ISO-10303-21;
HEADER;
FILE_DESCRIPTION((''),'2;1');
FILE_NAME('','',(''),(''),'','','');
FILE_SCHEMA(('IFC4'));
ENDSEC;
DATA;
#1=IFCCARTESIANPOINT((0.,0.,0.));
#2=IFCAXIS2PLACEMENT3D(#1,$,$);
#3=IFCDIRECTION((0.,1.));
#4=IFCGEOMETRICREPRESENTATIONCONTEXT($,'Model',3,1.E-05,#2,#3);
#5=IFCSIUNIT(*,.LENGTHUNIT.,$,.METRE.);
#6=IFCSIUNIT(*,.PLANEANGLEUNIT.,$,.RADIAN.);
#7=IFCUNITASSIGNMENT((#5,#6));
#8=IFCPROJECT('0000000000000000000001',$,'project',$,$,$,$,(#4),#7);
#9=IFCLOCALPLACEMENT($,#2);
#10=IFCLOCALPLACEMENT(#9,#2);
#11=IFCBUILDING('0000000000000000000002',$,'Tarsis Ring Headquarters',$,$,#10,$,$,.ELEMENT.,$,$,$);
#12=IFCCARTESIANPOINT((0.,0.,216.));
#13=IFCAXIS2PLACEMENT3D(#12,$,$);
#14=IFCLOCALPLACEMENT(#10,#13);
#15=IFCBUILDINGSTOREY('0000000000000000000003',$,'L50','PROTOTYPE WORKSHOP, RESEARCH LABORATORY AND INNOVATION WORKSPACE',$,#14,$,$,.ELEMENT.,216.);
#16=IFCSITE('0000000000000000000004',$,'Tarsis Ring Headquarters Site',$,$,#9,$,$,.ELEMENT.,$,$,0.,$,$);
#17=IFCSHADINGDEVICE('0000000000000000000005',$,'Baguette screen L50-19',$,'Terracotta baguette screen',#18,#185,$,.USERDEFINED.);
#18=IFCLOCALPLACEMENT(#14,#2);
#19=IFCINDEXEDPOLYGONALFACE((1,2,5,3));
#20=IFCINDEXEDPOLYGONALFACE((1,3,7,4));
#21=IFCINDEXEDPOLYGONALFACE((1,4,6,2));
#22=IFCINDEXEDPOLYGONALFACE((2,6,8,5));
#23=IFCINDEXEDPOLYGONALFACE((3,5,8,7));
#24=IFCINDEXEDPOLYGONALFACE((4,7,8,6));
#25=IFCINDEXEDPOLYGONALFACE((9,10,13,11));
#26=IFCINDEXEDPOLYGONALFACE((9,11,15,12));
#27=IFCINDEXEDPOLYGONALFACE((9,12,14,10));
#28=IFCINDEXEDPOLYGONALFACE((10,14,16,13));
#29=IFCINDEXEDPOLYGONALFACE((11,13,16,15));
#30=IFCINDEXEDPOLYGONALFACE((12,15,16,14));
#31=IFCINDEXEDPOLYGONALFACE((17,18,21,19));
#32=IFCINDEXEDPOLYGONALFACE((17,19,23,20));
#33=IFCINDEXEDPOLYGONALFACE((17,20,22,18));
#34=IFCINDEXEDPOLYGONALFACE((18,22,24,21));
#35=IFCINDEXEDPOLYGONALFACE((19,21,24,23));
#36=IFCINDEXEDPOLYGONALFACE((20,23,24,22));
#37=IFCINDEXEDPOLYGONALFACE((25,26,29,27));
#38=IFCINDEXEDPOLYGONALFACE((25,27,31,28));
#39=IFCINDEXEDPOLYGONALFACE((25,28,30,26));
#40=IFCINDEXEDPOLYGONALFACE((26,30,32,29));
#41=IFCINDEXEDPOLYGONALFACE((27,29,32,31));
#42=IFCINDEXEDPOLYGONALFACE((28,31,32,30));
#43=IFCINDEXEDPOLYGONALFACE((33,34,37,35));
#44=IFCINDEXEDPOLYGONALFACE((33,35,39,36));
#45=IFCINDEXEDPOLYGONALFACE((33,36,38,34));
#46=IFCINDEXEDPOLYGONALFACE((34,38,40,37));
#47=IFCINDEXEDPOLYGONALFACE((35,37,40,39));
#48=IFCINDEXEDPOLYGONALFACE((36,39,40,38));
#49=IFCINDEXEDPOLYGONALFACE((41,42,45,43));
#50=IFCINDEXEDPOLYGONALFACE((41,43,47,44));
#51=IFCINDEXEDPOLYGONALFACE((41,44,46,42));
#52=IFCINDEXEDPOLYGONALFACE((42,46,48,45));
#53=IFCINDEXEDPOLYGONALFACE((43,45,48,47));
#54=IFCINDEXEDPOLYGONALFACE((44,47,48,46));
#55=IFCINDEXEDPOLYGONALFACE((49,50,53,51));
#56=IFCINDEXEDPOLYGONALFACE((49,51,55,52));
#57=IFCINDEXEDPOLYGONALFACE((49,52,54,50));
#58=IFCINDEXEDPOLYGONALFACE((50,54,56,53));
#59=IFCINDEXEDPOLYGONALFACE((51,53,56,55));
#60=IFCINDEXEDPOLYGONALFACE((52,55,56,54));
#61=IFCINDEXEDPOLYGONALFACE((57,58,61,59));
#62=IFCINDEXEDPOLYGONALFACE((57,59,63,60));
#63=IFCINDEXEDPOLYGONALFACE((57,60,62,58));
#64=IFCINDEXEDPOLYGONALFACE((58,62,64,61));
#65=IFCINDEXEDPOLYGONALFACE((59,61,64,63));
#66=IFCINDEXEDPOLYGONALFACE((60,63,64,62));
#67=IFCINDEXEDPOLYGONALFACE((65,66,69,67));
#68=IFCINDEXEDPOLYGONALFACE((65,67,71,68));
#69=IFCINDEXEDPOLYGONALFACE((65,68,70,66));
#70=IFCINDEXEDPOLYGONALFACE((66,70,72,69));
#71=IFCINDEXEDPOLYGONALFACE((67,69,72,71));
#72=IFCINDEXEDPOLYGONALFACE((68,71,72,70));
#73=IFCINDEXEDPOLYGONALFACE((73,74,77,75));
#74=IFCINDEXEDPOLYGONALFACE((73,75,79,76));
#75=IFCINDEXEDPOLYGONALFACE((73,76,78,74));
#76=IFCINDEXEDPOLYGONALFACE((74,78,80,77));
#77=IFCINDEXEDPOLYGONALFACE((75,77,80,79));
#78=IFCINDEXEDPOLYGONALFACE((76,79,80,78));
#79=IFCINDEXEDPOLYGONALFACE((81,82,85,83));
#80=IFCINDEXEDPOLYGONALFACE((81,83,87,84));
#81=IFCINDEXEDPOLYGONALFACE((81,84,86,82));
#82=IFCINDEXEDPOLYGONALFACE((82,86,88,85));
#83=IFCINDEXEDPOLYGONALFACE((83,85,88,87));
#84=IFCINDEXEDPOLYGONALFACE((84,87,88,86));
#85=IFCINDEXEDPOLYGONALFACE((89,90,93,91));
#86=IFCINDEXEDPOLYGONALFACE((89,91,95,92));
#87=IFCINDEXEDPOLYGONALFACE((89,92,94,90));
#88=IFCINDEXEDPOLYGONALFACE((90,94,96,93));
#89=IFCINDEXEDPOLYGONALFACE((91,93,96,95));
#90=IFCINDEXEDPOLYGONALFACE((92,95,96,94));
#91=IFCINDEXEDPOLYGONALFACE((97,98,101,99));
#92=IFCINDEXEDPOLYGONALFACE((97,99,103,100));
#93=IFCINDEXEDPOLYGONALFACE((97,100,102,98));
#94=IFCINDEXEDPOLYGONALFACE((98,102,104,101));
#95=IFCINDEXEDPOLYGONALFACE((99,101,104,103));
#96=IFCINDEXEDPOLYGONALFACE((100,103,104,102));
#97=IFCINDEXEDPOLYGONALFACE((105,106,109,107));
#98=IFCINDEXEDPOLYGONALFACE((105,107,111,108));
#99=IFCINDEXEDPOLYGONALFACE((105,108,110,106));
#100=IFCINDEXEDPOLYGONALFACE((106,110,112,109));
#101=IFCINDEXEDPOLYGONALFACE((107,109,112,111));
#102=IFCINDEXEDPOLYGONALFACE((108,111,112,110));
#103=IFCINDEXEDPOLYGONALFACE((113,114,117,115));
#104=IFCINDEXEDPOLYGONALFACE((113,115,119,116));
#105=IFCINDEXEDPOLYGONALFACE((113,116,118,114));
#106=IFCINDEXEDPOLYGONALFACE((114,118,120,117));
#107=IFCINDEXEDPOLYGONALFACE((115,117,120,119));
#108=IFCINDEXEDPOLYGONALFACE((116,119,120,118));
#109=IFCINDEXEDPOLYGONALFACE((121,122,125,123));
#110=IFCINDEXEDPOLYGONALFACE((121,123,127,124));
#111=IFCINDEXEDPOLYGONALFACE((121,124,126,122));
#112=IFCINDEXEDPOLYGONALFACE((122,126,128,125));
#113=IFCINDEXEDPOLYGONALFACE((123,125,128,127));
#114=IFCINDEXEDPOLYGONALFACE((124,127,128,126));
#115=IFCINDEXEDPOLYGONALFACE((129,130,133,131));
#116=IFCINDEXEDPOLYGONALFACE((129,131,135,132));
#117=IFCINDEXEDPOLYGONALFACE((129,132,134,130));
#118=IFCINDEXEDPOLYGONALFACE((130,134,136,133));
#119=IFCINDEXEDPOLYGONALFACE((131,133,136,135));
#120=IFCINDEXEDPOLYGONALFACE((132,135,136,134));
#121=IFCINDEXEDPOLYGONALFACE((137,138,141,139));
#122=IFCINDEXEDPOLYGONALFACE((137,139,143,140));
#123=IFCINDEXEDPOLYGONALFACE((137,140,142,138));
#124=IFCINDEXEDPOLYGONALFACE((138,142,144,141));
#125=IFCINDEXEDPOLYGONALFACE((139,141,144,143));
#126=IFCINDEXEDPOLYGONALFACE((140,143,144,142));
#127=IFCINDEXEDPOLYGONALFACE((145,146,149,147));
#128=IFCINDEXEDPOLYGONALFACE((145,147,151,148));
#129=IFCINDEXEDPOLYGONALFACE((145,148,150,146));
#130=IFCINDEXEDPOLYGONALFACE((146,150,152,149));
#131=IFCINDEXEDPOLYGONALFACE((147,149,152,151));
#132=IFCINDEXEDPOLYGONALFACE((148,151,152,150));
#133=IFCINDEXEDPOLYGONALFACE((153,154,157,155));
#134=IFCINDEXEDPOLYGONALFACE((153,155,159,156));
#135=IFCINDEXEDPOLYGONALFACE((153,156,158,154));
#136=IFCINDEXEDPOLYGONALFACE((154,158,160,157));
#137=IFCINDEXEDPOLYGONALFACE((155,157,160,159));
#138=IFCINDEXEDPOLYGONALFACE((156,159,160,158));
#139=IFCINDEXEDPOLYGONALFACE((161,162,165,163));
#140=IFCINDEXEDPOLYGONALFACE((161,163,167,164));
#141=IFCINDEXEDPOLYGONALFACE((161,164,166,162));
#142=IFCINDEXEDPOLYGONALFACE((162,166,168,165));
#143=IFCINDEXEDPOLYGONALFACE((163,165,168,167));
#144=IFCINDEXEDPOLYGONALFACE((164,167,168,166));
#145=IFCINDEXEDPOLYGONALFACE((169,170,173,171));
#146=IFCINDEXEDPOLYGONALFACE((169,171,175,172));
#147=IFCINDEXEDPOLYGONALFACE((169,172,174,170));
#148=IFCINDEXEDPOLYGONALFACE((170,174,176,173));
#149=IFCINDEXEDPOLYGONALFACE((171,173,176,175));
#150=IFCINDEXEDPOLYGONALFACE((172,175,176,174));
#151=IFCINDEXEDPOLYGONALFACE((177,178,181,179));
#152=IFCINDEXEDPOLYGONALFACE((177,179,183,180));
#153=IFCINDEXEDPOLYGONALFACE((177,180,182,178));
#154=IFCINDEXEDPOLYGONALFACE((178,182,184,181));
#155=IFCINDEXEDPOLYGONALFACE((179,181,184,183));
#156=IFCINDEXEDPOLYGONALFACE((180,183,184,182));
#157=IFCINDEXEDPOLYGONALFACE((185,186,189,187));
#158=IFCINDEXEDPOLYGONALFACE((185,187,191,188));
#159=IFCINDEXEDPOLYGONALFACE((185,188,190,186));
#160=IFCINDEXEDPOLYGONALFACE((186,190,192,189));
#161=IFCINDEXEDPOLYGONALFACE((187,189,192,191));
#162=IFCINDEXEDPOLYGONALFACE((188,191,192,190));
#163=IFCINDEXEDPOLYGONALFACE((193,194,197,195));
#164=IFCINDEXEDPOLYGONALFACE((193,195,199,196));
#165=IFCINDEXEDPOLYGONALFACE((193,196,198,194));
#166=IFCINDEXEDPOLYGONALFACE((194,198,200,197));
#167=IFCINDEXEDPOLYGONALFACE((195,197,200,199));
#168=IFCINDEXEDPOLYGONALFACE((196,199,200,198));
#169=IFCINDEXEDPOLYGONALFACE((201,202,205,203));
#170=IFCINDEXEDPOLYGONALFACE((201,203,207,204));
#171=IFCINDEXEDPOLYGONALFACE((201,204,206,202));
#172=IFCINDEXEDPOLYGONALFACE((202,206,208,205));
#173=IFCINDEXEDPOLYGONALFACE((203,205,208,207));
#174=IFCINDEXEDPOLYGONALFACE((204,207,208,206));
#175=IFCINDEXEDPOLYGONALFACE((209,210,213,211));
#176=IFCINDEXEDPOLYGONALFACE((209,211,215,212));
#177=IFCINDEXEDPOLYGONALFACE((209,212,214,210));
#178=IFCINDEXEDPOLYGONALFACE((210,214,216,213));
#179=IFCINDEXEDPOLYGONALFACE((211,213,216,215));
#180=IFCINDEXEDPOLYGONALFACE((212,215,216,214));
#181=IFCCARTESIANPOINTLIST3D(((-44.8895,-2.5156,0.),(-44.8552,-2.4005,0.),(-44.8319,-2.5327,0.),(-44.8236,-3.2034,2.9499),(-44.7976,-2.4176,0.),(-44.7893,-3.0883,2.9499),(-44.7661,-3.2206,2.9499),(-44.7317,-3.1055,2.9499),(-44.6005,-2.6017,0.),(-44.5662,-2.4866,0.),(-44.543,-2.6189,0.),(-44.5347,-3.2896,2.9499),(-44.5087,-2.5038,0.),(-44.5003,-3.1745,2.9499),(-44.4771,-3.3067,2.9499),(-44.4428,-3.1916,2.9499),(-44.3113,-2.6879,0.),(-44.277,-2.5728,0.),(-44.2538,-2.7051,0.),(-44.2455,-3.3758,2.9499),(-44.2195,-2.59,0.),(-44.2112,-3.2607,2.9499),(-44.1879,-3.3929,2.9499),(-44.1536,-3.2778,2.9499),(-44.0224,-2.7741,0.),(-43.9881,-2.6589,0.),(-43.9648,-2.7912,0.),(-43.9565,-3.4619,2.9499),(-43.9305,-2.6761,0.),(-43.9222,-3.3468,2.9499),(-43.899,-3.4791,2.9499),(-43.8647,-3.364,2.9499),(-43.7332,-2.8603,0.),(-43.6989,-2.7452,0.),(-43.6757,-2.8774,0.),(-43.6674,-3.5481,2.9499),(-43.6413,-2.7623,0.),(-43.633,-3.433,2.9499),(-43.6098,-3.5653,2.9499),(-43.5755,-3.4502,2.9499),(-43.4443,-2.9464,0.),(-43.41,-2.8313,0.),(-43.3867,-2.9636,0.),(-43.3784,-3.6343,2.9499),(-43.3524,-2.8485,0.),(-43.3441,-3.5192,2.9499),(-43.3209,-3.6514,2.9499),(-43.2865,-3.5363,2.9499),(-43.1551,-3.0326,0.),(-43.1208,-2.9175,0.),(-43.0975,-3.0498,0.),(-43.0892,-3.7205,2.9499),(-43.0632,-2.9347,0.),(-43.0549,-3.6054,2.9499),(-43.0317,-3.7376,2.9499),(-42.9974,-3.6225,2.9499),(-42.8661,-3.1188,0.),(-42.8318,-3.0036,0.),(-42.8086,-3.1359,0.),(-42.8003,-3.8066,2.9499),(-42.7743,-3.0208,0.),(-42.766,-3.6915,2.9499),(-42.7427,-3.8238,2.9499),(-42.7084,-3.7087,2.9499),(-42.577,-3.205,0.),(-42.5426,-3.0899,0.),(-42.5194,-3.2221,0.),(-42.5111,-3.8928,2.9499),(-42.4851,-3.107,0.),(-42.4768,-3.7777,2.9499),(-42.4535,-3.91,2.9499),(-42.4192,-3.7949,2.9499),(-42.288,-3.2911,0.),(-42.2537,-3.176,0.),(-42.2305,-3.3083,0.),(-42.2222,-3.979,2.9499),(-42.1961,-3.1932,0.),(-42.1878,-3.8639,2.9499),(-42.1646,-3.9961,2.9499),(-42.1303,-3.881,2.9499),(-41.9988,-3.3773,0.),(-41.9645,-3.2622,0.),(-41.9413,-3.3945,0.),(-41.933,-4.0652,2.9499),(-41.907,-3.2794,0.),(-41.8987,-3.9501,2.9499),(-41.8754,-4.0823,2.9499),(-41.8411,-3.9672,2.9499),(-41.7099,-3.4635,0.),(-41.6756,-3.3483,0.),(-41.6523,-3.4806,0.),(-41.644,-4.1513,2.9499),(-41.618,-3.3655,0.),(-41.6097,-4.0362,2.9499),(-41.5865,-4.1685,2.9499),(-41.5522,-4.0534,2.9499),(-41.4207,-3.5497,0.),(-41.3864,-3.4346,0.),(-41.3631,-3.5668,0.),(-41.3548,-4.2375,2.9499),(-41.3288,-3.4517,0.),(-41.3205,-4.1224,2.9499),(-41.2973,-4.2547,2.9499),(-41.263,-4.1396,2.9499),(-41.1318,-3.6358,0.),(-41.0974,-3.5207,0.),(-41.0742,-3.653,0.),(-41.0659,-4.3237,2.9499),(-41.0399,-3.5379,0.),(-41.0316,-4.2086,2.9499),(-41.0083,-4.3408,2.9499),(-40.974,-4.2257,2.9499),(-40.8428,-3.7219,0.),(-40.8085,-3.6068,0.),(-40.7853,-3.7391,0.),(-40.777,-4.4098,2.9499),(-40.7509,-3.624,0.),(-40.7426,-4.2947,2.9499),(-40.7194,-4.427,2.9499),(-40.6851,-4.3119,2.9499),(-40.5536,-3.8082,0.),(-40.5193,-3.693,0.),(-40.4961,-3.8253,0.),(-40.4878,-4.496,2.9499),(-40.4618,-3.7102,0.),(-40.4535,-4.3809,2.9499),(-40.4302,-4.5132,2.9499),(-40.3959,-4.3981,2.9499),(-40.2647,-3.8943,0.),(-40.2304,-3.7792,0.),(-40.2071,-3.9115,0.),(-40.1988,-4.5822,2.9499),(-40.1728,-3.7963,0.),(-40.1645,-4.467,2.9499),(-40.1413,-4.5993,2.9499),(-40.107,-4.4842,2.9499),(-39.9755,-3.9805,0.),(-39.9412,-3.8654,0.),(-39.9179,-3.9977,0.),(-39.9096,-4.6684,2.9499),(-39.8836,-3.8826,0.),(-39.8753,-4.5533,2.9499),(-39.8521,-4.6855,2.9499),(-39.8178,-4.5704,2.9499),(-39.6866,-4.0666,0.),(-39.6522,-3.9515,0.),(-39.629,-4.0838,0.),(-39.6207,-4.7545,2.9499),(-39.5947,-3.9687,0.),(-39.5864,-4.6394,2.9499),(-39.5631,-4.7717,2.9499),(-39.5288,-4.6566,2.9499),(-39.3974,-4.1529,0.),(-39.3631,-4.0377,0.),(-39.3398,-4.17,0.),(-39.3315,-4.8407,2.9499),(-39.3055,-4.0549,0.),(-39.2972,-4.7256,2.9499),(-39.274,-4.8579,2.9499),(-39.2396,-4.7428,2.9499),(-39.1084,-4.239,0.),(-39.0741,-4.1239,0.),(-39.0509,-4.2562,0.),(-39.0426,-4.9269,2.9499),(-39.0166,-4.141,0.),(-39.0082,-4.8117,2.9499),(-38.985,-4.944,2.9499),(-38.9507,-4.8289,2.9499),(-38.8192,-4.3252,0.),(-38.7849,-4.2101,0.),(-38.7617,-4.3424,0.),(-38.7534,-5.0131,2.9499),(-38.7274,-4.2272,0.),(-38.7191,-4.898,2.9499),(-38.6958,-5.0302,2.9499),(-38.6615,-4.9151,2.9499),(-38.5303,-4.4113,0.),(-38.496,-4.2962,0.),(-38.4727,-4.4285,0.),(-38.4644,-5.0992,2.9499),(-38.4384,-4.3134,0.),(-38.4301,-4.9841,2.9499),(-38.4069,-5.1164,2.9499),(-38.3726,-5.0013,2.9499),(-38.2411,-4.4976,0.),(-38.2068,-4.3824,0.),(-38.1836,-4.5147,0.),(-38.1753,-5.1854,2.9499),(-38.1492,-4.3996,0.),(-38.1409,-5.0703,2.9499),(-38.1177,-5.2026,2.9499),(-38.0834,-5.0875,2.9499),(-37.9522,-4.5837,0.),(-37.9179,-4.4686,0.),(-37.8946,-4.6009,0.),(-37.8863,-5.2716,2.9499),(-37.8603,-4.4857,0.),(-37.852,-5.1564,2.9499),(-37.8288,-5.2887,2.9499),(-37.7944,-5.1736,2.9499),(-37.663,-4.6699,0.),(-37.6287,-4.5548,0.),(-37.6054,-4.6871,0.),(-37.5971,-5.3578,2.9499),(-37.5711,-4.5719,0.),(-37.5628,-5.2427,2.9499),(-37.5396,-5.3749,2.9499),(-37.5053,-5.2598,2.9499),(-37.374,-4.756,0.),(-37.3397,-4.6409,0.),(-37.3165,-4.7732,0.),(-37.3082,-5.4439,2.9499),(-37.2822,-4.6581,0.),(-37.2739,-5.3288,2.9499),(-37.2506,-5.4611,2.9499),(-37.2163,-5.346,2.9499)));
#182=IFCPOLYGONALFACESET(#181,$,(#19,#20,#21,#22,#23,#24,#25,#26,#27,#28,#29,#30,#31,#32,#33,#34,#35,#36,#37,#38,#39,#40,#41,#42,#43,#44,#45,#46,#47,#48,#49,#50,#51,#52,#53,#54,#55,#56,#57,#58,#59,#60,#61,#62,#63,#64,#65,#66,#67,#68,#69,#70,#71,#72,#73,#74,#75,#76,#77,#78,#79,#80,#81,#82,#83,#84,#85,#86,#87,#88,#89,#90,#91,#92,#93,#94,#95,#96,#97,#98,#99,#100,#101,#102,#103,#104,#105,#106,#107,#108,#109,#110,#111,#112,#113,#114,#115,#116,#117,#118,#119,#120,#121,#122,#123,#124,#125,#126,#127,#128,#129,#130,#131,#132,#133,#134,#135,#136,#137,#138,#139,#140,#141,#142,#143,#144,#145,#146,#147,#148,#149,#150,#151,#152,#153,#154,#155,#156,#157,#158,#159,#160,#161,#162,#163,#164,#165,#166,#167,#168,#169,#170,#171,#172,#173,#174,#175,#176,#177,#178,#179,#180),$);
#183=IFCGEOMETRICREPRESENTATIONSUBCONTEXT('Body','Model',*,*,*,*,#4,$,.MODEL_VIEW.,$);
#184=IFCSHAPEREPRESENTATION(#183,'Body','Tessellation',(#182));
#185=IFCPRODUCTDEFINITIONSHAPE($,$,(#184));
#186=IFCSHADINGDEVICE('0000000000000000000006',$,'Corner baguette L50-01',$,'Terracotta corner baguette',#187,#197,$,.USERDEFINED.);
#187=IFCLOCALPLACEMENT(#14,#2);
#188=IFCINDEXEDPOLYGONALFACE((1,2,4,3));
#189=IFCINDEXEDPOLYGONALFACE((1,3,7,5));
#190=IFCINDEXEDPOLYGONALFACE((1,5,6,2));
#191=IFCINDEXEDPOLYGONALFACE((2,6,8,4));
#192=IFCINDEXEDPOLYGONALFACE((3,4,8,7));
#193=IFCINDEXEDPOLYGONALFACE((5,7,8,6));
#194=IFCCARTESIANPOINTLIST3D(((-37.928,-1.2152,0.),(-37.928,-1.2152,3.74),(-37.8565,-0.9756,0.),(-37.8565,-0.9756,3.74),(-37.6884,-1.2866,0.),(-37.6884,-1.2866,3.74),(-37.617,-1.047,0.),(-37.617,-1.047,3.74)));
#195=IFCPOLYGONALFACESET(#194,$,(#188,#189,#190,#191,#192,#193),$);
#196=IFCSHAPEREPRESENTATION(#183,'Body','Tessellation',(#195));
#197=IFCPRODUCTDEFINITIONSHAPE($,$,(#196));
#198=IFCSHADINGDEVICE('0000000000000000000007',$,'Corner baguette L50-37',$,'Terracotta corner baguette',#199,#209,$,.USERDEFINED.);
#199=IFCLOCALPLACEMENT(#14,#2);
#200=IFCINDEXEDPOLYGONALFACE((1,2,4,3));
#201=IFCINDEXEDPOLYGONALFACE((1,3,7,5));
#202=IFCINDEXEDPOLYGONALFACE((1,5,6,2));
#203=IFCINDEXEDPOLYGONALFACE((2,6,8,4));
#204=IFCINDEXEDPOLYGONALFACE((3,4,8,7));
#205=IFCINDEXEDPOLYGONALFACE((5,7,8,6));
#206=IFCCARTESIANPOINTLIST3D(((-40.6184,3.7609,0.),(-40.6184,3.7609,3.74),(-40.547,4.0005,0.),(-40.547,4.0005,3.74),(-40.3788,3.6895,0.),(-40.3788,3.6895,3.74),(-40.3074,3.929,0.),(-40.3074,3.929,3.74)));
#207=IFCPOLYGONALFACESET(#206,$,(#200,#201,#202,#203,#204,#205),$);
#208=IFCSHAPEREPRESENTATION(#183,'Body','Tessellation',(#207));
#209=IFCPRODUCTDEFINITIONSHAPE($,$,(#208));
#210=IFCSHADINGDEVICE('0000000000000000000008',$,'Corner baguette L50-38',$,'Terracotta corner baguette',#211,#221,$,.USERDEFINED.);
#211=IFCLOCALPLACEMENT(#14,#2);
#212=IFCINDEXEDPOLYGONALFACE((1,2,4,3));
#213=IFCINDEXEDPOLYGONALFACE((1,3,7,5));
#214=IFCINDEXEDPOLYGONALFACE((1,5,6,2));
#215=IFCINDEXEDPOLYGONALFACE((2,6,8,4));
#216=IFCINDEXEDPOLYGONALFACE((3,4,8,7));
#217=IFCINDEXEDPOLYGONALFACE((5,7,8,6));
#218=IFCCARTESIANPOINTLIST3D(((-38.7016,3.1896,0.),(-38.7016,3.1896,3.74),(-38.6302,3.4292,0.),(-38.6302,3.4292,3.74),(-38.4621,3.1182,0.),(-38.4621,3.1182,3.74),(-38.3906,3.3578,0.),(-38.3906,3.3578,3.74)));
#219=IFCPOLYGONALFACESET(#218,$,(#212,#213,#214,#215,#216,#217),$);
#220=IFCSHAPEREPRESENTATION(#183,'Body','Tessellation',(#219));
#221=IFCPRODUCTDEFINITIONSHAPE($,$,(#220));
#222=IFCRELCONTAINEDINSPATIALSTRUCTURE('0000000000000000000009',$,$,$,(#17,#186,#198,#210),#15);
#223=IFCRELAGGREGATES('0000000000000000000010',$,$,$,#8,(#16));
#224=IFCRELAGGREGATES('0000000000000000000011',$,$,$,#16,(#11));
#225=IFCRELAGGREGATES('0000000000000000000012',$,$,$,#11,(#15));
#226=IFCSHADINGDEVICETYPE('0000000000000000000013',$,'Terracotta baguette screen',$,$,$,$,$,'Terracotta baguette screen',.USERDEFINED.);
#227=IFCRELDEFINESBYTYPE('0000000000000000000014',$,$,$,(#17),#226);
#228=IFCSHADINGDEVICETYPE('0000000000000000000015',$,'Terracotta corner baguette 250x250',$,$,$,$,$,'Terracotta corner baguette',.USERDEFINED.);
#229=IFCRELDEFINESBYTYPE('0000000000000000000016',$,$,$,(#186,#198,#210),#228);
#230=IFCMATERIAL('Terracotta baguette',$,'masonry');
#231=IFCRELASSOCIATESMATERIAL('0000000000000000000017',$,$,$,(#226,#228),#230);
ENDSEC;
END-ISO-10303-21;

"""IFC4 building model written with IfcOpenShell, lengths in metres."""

from ifc_helpers import new_model, si_unit, direction, frame, frame_2d, origin, origin_2d, place, context, subcontext, project, spatial, rectangle, composite_profile, extrude, material, type_object, element, save


model = new_model("IFC4")

# Units and contexts
model_context = context("Model", 3, precision=1e-05, world=origin(), true_north=direction((0.0, 1.0)))
body_context = subcontext(model_context, "Body", "Model", "MODEL_VIEW")
ifc_project = project(units=[si_unit("LENGTHUNIT", "METRE"), si_unit("PLANEANGLEUNIT", "RADIAN")], contexts=[model_context])

# Site, building, storey
site_placement = place(None, origin())
site = spatial("IfcSite", under=ifc_project, at=site_placement, Name="Tarsis Ring Headquarters Site", CompositionType="ELEMENT", RefElevation=0.0)
building_placement = place(site_placement, origin())
building = spatial("IfcBuilding", under=site, at=building_placement, Name="Tarsis Ring Headquarters", CompositionType="ELEMENT")
storey_placement = place(building_placement, frame((0.0, 0.0, 216.0)))
storey = spatial("IfcBuildingStorey", under=building, at=storey_placement, Name="L50", Description="PROTOTYPE WORKSHOP, RESEARCH LABORATORY AND INNOVATION WORKSPACE", CompositionType="ELEMENT", Elevation=216.0)

# Shading devices
ifc_material_1 = material(Name="Terracotta baguette", Category="masonry")
shading_device_type_1 = type_object("IfcShadingDeviceType", Name="Terracotta baguette screen", ElementType="Terracotta baguette screen", PredefinedType="USERDEFINED", material=ifc_material_1)
shading_device_placement = place(storey_placement, frame((-44.8723, -2.458, 0.0), z_axis=(0.0, 0.0, 1.0), x_axis=(0.958322, -0.285692, 0.0)))
element("IfcShadingDevice", 1, at=shading_device_placement, inside=storey, type_object=shading_device_type_1, Name="Baguette screen L50-19", ObjectType="Terracotta baguette screen", PredefinedType="USERDEFINED", context=body_context, shape_type="SweptSolid", body=[
    extrude(composite_profile([rectangle(XDim=0.0601, YDim=0.1201, at=frame_2d((0.03, 0.0))), rectangle(XDim=0.0601, YDim=0.1201, at=frame_2d((0.3315, 0.0))), rectangle(XDim=0.0601, YDim=0.1201, at=frame_2d((0.6333, 0.0))), rectangle(XDim=0.0601, YDim=0.1201, at=frame_2d((0.9348, 0.0))), rectangle(XDim=0.0601, YDim=0.1201, at=frame_2d((1.2366, 0.0))), rectangle(XDim=0.0601, YDim=0.1201, at=frame_2d((1.5381, 0.0))), rectangle(XDim=0.0601, YDim=0.1201, at=frame_2d((1.8398, 0.0))), rectangle(XDim=0.0601, YDim=0.1201, at=frame_2d((2.1414, 0.0))), rectangle(XDim=0.0601, YDim=0.1201, at=frame_2d((2.4431, 0.0))), rectangle(XDim=0.0601, YDim=0.1201, at=frame_2d((2.7446, 0.0))), rectangle(XDim=0.0601, YDim=0.1201, at=frame_2d((3.0464, 0.0))), rectangle(XDim=0.0601, YDim=0.1201, at=frame_2d((3.3479, 0.0))), rectangle(XDim=0.0601, YDim=0.1201, at=frame_2d((3.6497, 0.0))), rectangle(XDim=0.0601, YDim=0.1201, at=frame_2d((3.9512, 0.0))), rectangle(XDim=0.0601, YDim=0.1201, at=frame_2d((4.2527, 0.0))), rectangle(XDim=0.0601, YDim=0.1201, at=frame_2d((4.5544, 0.0))), rectangle(XDim=0.0601, YDim=0.1201, at=frame_2d((4.856, 0.0))), rectangle(XDim=0.0601, YDim=0.1201, at=frame_2d((5.1577, 0.0))), rectangle(XDim=0.0601, YDim=0.1201, at=frame_2d((5.4592, 0.0))), rectangle(XDim=0.0601, YDim=0.1201, at=frame_2d((5.761, 0.0))), rectangle(XDim=0.0601, YDim=0.1201, at=frame_2d((6.0625, 0.0))), rectangle(XDim=0.0601, YDim=0.1201, at=frame_2d((6.3643, 0.0))), rectangle(XDim=0.0601, YDim=0.1201, at=frame_2d((6.6658, 0.0))), rectangle(XDim=0.0601, YDim=0.1201, at=frame_2d((6.9675, 0.0))), rectangle(XDim=0.0601, YDim=0.1201, at=frame_2d((7.269, 0.0))), rectangle(XDim=0.0601, YDim=0.1201, at=frame_2d((7.5708, 0.0))), rectangle(XDim=0.0601, YDim=0.1201, at=frame_2d((7.8723, 0.0)))]), origin(), (0.085693, -0.211361, 0.973644), 3.0298),
])
shading_device_type_2 = type_object("IfcShadingDeviceType", Name="Terracotta corner baguette 250x250", ElementType="Terracotta corner baguette", PredefinedType="USERDEFINED", material=ifc_material_1)
for number, where, z_axis, x_axis, name in (
    (2, (-37.7725, -1.1311, 0.0), (0.0, 0.0, 1.0), (-0.285689, -0.958323, 0.0), "Corner baguette L50-01"),
    (3, (-40.4629, 3.845, 0.0), (0.0, 0.0, 1.0), (-0.285688, -0.958323, 0.0), "Corner baguette L50-37"),
    (4, (-38.5461, 3.2737, 0.0), (0.0, 0.0, 1.0), (0.958323, -0.285688, 0.0), "Corner baguette L50-38"),
):
    element("IfcShadingDevice", number, at=place(storey_placement, frame(where, z_axis=z_axis, x_axis=x_axis)), inside=storey, type_object=shading_device_type_2, Name=name, ObjectType="Terracotta corner baguette", PredefinedType="USERDEFINED", context=body_context, shape_type="SweptSolid", body=[
        extrude(rectangle(XDim=0.25, YDim=0.25, at=origin_2d()), origin(), (0.0, 0.0, 1.0), 3.74),
    ])

save(model, "model.ifc")
